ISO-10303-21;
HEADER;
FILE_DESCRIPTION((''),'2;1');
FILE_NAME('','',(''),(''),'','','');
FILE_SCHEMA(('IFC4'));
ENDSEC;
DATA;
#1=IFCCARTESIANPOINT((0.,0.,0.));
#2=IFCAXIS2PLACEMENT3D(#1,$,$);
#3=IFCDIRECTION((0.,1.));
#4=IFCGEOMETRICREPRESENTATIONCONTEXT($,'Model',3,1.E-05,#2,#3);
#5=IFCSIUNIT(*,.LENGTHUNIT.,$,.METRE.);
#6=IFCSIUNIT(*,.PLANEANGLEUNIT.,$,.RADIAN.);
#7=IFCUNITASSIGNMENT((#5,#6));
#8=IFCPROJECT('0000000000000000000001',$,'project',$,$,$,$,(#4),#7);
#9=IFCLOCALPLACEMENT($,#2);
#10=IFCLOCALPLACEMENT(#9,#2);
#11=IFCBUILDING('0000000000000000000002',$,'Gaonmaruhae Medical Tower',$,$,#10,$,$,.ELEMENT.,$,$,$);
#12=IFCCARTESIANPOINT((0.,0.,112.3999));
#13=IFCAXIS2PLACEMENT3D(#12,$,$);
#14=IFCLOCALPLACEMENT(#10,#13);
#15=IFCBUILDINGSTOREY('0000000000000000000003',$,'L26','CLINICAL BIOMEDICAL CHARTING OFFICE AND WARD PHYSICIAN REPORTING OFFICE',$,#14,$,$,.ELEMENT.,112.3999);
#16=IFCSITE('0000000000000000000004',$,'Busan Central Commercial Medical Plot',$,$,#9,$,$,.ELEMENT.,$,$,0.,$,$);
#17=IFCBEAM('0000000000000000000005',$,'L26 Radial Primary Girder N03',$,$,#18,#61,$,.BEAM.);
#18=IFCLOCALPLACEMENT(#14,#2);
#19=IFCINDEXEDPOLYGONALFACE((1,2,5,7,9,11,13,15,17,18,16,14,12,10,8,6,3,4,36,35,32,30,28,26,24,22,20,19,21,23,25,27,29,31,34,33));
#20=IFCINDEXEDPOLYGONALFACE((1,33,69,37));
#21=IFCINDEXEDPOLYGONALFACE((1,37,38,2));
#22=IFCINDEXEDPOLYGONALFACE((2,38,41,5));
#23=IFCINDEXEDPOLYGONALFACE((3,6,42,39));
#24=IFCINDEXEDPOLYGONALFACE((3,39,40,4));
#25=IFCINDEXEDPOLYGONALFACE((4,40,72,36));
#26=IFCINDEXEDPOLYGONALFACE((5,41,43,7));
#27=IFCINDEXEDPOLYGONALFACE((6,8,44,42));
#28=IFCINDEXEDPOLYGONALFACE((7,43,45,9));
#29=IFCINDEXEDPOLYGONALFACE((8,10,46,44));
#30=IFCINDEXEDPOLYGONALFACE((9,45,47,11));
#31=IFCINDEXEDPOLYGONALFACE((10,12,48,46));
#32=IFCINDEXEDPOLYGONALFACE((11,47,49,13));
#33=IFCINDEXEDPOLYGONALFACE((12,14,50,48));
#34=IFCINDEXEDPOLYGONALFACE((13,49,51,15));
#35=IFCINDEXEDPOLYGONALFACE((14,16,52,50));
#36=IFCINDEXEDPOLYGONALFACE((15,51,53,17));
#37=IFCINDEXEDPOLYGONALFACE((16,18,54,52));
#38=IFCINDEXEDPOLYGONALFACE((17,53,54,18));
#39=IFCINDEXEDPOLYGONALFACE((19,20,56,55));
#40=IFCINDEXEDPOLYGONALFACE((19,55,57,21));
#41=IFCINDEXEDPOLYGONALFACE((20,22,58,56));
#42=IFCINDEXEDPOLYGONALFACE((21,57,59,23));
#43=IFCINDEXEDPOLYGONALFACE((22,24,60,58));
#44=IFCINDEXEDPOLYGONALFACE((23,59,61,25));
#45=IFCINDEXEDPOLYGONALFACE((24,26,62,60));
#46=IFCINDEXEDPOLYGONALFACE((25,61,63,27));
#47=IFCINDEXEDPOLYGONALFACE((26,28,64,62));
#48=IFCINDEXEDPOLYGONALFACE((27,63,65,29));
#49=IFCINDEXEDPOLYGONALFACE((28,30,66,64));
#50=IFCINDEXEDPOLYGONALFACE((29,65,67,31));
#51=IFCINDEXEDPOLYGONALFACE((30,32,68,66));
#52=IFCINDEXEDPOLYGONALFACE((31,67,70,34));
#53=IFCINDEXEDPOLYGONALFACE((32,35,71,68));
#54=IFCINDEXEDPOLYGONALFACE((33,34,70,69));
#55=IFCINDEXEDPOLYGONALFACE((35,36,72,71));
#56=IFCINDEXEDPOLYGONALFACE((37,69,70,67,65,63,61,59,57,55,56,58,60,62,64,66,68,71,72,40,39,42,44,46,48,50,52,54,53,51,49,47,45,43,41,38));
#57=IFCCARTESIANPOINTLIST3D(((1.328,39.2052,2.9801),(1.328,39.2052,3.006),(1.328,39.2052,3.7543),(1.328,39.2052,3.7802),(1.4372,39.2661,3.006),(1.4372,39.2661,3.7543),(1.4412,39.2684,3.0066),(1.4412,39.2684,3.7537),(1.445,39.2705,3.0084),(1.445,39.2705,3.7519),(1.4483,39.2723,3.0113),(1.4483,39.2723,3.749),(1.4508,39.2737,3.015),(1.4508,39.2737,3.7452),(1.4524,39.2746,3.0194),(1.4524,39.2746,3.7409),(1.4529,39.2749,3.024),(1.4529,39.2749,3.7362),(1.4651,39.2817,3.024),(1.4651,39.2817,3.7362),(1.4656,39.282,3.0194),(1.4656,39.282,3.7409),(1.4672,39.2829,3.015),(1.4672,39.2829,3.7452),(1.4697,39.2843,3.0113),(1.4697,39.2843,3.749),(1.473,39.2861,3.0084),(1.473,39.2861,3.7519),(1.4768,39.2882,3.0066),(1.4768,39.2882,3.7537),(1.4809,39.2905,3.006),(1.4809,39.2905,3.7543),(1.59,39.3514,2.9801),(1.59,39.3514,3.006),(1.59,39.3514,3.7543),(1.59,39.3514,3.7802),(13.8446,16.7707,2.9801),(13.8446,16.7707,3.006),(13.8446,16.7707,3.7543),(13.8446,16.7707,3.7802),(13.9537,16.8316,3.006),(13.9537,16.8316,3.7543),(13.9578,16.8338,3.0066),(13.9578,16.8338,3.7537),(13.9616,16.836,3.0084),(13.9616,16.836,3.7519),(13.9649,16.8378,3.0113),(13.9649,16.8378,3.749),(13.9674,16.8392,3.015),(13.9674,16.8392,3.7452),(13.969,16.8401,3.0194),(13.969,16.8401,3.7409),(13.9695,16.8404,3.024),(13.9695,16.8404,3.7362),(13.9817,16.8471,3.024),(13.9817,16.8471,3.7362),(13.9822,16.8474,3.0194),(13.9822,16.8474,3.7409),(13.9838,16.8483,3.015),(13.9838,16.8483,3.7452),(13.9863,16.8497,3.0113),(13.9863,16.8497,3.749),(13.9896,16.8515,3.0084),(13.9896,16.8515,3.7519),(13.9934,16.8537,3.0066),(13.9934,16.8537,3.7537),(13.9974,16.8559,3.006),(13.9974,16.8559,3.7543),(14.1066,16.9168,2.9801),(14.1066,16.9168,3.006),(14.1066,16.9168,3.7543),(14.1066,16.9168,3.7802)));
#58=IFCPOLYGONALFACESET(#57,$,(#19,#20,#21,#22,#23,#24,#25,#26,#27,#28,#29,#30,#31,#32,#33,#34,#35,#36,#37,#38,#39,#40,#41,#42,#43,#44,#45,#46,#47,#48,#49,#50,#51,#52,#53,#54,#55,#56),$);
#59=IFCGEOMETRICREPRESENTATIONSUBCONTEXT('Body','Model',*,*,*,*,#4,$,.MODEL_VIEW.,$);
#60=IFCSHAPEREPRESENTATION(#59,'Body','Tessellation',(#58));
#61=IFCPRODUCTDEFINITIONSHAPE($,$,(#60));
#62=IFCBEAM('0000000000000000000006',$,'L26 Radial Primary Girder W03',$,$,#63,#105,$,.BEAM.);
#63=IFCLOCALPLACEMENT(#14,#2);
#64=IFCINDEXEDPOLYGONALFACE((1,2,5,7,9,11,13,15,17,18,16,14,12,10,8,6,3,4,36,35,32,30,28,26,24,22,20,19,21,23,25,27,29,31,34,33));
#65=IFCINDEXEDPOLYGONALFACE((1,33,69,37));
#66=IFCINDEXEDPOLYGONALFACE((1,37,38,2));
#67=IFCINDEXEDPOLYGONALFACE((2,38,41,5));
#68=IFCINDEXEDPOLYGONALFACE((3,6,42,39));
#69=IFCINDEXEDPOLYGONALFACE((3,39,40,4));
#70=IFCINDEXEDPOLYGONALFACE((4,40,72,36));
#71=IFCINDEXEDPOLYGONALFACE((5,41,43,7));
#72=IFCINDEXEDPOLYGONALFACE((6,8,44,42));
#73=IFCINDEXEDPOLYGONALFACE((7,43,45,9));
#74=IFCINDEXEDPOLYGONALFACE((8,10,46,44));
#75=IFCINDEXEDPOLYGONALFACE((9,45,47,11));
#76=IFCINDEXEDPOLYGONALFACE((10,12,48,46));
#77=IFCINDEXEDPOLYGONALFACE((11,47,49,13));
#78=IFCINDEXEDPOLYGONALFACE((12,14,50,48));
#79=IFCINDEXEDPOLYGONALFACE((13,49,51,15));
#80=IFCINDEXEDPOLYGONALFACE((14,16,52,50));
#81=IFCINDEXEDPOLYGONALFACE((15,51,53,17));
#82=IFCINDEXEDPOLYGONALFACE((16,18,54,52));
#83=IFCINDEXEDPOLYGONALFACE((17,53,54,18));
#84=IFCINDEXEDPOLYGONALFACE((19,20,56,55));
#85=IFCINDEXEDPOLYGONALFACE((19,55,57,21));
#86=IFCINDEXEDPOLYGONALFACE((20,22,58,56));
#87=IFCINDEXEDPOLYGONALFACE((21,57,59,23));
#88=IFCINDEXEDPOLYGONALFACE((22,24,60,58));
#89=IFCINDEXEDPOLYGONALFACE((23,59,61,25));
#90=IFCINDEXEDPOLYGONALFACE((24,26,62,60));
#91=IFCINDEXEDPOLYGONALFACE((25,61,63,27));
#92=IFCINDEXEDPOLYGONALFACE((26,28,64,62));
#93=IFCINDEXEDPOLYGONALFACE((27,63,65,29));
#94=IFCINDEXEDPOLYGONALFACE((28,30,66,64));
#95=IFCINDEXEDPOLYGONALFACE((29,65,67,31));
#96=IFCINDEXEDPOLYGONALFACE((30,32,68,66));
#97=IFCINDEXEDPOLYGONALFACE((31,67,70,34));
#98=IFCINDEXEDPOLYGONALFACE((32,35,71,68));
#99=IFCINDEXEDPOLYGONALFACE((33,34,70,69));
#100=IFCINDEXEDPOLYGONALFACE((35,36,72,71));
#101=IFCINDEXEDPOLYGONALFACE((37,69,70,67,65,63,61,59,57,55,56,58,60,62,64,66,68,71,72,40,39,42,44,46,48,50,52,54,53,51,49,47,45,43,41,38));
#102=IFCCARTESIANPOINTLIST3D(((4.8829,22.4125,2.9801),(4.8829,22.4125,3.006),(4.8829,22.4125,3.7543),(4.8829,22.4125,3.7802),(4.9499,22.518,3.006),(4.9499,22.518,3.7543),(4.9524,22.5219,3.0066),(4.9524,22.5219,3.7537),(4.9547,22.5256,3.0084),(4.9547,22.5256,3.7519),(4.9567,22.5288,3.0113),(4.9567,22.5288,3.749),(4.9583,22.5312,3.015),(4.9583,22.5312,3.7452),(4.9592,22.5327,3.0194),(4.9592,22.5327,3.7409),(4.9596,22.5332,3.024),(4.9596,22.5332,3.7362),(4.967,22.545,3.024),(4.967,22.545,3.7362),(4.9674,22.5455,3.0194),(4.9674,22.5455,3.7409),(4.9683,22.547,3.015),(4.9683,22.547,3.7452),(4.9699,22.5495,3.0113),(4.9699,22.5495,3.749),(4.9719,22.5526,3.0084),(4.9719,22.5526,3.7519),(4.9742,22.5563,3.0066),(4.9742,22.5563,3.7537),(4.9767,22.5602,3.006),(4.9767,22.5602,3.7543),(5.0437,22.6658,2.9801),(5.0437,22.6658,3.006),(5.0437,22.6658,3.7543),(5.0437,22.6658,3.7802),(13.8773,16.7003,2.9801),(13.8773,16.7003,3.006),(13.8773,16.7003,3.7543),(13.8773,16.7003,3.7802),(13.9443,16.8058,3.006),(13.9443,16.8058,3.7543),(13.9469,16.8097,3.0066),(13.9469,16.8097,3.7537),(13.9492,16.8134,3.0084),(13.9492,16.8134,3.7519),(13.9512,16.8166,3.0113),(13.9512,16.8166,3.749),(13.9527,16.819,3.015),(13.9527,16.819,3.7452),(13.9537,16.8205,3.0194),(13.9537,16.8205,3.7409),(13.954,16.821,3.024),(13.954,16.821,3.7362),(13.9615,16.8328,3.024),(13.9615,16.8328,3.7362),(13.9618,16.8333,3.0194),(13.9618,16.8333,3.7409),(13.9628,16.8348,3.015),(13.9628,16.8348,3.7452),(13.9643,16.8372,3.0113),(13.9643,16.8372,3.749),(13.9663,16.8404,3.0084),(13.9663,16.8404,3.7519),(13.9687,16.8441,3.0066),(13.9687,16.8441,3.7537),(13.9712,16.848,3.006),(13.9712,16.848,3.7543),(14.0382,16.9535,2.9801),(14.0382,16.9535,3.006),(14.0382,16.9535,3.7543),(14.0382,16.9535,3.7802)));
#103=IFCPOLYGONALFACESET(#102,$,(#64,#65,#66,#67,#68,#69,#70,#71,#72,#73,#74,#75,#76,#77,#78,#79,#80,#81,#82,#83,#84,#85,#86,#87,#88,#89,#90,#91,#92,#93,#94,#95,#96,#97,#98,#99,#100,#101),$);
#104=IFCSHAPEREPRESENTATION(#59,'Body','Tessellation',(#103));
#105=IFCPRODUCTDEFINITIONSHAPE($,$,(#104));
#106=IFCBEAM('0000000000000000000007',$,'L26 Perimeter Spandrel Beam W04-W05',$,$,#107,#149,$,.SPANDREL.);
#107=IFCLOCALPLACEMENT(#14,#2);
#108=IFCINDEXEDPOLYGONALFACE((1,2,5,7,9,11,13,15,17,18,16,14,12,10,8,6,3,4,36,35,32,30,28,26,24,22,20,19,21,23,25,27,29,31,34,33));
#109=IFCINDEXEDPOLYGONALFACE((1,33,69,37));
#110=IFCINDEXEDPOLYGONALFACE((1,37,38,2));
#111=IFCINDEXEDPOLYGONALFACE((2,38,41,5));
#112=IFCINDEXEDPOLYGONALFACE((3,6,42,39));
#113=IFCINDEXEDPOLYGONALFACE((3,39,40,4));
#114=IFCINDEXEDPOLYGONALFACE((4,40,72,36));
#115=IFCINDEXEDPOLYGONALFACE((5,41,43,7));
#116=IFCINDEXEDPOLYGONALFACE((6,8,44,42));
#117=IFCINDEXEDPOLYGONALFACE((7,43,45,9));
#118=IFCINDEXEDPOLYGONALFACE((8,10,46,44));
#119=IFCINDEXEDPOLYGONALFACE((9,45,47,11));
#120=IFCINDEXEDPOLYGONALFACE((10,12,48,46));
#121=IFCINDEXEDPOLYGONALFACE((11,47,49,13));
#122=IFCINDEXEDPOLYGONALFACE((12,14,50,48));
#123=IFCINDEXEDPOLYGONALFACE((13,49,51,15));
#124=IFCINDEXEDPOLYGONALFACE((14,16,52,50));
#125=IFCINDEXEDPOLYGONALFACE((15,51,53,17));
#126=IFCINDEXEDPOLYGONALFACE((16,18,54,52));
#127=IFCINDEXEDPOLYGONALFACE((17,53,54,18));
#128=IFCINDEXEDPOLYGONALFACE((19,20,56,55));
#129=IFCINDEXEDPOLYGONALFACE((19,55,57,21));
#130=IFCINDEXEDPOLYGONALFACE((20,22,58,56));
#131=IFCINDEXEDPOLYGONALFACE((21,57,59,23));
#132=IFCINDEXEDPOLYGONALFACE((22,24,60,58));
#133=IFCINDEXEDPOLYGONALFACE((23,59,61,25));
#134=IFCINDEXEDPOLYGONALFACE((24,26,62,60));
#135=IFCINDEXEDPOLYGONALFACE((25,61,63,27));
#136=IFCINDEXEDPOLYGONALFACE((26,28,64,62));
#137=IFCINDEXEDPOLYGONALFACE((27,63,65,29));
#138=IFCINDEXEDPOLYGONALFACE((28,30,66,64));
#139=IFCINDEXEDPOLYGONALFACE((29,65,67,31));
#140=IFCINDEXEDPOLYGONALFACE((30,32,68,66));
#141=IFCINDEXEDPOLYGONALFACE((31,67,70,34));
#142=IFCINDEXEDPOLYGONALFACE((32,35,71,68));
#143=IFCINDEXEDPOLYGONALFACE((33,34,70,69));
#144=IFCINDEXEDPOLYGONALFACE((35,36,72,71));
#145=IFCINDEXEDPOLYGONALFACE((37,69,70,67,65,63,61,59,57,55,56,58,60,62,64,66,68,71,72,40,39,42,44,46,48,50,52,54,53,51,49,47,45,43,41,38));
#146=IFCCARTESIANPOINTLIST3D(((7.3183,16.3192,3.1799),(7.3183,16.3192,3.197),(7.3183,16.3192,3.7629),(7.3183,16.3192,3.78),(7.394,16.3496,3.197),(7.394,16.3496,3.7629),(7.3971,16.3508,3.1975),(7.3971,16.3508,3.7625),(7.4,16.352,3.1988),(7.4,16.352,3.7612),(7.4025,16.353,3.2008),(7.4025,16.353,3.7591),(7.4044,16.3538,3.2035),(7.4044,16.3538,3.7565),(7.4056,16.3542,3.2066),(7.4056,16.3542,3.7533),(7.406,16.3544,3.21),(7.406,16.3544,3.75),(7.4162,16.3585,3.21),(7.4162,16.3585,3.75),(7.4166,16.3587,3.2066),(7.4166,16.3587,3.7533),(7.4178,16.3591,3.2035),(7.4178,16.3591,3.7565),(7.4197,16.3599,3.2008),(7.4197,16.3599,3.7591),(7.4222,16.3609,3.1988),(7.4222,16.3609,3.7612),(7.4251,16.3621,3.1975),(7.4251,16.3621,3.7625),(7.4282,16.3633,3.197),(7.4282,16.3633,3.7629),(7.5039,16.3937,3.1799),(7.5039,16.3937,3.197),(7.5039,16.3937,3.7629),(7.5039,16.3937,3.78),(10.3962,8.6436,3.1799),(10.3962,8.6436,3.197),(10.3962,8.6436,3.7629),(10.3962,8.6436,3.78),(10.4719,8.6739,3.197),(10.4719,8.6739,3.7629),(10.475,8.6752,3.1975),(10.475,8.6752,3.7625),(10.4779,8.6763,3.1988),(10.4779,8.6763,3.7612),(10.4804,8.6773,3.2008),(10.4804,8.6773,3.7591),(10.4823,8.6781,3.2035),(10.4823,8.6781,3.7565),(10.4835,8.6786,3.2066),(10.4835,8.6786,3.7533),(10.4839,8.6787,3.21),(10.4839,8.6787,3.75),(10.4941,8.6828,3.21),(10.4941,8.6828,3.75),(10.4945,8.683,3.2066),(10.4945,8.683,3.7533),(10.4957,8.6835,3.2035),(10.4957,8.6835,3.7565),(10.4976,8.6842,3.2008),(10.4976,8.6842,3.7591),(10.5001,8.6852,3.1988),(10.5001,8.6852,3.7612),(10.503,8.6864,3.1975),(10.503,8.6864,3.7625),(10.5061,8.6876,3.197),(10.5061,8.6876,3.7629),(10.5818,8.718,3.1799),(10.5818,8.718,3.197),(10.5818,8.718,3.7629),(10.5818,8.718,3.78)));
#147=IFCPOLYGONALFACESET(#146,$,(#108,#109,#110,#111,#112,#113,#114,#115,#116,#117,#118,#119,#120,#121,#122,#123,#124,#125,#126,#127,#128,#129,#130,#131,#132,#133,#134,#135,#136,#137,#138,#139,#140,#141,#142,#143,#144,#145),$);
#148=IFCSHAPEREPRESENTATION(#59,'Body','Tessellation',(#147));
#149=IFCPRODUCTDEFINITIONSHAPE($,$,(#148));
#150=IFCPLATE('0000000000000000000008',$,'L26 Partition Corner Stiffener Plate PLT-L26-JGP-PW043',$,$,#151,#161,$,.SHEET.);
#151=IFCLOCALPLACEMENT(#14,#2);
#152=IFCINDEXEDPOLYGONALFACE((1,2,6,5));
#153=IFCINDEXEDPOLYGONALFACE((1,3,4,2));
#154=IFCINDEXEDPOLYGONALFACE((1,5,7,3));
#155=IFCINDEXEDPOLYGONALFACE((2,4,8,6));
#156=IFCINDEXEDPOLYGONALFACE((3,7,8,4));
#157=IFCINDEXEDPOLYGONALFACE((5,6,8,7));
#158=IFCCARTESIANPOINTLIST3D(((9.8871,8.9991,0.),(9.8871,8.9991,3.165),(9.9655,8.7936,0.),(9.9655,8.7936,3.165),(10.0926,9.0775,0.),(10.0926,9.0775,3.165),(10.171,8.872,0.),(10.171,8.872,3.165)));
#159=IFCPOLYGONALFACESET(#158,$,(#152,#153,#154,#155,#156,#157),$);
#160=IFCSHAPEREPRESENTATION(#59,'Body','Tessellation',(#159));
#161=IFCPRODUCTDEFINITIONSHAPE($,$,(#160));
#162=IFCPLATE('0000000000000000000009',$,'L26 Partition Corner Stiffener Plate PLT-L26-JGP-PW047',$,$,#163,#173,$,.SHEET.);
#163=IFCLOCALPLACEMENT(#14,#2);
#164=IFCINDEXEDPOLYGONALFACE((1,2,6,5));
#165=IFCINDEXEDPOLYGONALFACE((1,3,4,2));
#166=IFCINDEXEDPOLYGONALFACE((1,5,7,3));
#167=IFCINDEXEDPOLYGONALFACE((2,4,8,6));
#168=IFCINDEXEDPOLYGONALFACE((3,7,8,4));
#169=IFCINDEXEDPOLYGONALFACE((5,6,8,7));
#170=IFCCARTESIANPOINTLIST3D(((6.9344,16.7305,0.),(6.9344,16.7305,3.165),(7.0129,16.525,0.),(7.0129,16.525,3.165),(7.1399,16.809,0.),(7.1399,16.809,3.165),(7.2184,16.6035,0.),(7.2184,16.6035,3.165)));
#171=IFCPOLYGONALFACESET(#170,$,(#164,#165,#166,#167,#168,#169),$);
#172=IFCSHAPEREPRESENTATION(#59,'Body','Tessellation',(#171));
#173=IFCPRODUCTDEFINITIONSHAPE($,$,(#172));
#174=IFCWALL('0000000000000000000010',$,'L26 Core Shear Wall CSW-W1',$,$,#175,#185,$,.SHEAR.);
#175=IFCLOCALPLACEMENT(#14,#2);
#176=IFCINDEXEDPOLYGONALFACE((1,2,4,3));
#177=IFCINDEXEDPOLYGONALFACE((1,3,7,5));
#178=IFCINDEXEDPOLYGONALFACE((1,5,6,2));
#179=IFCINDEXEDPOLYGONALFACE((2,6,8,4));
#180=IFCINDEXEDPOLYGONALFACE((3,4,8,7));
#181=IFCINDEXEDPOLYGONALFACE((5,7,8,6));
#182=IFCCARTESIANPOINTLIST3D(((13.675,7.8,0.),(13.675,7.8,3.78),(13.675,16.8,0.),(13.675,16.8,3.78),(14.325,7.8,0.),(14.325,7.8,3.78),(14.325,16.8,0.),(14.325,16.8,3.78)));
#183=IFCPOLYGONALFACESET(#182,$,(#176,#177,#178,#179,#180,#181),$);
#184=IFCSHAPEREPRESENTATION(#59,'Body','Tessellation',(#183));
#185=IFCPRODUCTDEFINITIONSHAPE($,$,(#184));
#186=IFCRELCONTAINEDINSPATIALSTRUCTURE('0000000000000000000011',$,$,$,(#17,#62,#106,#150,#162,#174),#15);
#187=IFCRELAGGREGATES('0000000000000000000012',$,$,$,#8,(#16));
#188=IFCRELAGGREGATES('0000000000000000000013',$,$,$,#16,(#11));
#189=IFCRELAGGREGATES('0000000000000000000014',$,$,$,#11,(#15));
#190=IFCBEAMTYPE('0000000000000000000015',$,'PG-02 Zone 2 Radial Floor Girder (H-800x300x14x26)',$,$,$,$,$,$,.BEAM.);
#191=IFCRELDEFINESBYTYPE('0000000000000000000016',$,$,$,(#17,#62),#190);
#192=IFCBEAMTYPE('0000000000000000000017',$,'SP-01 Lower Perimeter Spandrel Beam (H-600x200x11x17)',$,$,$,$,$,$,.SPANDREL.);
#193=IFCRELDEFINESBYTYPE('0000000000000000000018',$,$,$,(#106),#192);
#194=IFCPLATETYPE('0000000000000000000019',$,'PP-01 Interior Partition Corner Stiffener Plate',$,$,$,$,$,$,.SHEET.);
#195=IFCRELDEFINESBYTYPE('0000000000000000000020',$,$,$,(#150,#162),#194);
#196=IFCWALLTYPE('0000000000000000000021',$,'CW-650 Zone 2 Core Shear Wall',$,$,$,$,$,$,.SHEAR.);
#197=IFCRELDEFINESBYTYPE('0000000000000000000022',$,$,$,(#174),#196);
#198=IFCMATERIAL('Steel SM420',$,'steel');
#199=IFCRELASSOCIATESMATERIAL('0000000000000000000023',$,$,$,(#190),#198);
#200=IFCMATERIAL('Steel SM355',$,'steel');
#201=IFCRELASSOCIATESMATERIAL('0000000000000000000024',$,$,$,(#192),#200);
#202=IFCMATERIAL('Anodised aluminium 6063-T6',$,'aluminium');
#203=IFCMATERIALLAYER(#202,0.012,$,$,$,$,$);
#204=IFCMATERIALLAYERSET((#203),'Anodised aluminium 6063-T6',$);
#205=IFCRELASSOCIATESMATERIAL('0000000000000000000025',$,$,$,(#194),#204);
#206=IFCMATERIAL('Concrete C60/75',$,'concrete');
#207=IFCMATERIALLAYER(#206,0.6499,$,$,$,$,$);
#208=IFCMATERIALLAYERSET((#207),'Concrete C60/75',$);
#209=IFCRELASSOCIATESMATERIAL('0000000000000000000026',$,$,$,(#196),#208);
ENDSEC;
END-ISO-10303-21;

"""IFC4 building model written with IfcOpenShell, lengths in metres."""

from ifc_helpers import new_model, si_unit, direction, frame, frame_2d, origin, origin_2d, place, context, subcontext, project, spatial, rectangle, i_section, extrude, material, layer, layer_set, material_profile, profile_set, type_object, element, save


model = new_model("IFC4")

# Units and contexts
model_context = context("Model", 3, precision=1e-05, world=origin(), true_north=direction((0.0, 1.0)))
body_context = subcontext(model_context, "Body", "Model", "MODEL_VIEW")
ifc_project = project(units=[si_unit("LENGTHUNIT", "METRE"), si_unit("PLANEANGLEUNIT", "RADIAN")], contexts=[model_context])

# Site, building, storey
site_placement = place(None, origin())
site = spatial("IfcSite", under=ifc_project, at=site_placement, Name="Busan Central Commercial Medical Plot", CompositionType="ELEMENT", RefElevation=0.0)
building_placement = place(site_placement, origin())
building = spatial("IfcBuilding", under=site, at=building_placement, Name="Gaonmaruhae Medical Tower", CompositionType="ELEMENT")
storey_placement = place(building_placement, frame((0.0, 0.0, 112.3999)))
storey = spatial("IfcBuildingStorey", under=building, at=storey_placement, Name="L26", Description="CLINICAL BIOMEDICAL CHARTING OFFICE AND WARD PHYSICIAN REPORTING OFFICE", CompositionType="ELEMENT", Elevation=112.3999)

# Shared definitions
ifc_material_1 = material(Name="Concrete C60/75", Category="concrete")

# Beams
ifc_material_2 = material(Name="Steel SM420", Category="steel")
ifc_material_profile_1 = material_profile(ifc_material_2, i_section(OverallWidth=0.3, OverallDepth=0.8, WebThickness=0.0139, FlangeThickness=0.0259, FilletRadius=0.0181, at=origin_2d()), Name="H-800x300x14x26")
ifc_profile_set_1 = profile_set([ifc_material_profile_1], Name="Steel SM420")
beam_type_1 = type_object("IfcBeamType", Name="PG-02 Zone 2 Radial Floor Girder (H-800x300x14x26)", PredefinedType="BEAM", material=ifc_profile_set_1)
beam_1_placement = place(storey_placement, frame((13.9756, 16.8438, 3.3801), z_axis=(-0.487217, 0.873281, 0.0), x_axis=(-0.873281, -0.487217, 0.0)))
element("IfcBeam", 1, at=beam_1_placement, inside=storey, type_object=beam_type_1, Name="L26 Radial Primary Girder N03", PredefinedType="BEAM", context=body_context, shape_type="SweptSolid", body=[
    extrude(i_section(OverallWidth=0.3, OverallDepth=0.8, WebThickness=0.0139, FlangeThickness=0.0259, FilletRadius=0.0181, at=origin_2d()), origin(), (0.0, 0.0, 1.0), 25.6899),
])
beam_2_placement = place(storey_placement, frame((13.9578, 16.8269, 3.3801), z_axis=(-0.844152, 0.536104, 0.0), x_axis=(-0.536104, -0.844152, 0.0)))
element("IfcBeam", 2, at=beam_2_placement, inside=storey, type_object=beam_type_1, Name="L26 Radial Primary Girder W03", PredefinedType="BEAM", context=body_context, shape_type="SweptSolid", body=[
    extrude(i_section(OverallWidth=0.3, OverallDepth=0.8, WebThickness=0.0139, FlangeThickness=0.0259, FilletRadius=0.0181, at=origin_2d()), origin(), (0.0, 0.0, 1.0), 10.655),
])
ifc_material_3 = material(Name="Steel SM355", Category="steel")
ifc_material_profile_2 = material_profile(ifc_material_3, i_section(OverallWidth=0.2, OverallDepth=0.6001, WebThickness=0.011, FlangeThickness=0.0171, FilletRadius=0.0129, at=origin_2d()), Name="H-600x200x11x17")
ifc_profile_set_2 = profile_set([ifc_material_profile_2], Name="Steel SM355")
beam_type_2 = type_object("IfcBeamType", Name="SP-01 Lower Perimeter Spandrel Beam (H-600x200x11x17)", PredefinedType="SPANDREL", material=ifc_profile_set_2)
beam_3_placement = place(storey_placement, frame((7.4111, 16.3564, 3.48), z_axis=(0.372179, -0.928161, 0.0), x_axis=(0.928161, 0.372179, 0.0)))
element("IfcBeam", 3, at=beam_3_placement, inside=storey, type_object=beam_type_2, Name="L26 Perimeter Spandrel Beam W04-W05", PredefinedType="SPANDREL", context=body_context, shape_type="SweptSolid", body=[
    extrude(i_section(OverallWidth=0.2, OverallDepth=0.6001, WebThickness=0.011, FlangeThickness=0.0171, FilletRadius=0.0129, at=origin_2d()), origin(), (0.0, 0.0, 1.0), 8.2698),
])

# Plates
ifc_material_4 = material(Name="Anodised aluminium 6063-T6", Category="aluminium")
ifc_layer_1 = layer(ifc_material_4, 0.012)
ifc_layer_set_1 = layer_set([ifc_layer_1], Name="Anodised aluminium 6063-T6")
plate_type = type_object("IfcPlateType", Name="PP-01 Interior Partition Corner Stiffener Plate", PredefinedType="SHEET", material=ifc_layer_set_1)
for number, where, z_axis, x_axis, name in (
    (4, (10.0291, 8.9355, 0.0), (0.0, 0.0, 1.0), (-0.356444, 0.934317, 0.0), "L26 Partition Corner Stiffener Plate PLT-L26-JGP-PW043"),
    (5, (7.0764, 16.667, 0.0), (0.0, 0.0, 1.0), (-0.356999, 0.934105, 0.0), "L26 Partition Corner Stiffener Plate PLT-L26-JGP-PW047"),
):
    element("IfcPlate", number, at=place(storey_placement, frame(where, z_axis=z_axis, x_axis=x_axis)), inside=storey, type_object=plate_type, Name=name, PredefinedType="SHEET", context=body_context, shape_type="SweptSolid", body=[
        extrude(rectangle(XDim=0.22, YDim=0.22, at=origin_2d()), origin(), (0.0, 0.0, 1.0), 3.165),
    ])

# Wall
ifc_layer_2 = layer(ifc_material_1, 0.6499)
ifc_layer_set_2 = layer_set([ifc_layer_2], Name="Concrete C60/75")
wall_type_1 = type_object("IfcWallType", Name="CW-650 Zone 2 Core Shear Wall", PredefinedType="SHEAR", material=ifc_layer_set_2)
wall_1_placement = place(storey_placement, frame((14.0, 16.8, 0.0), z_axis=(0.0, 0.0, 1.0), x_axis=(0.0, -1.0, 0.0)))
element("IfcWall", 6, at=wall_1_placement, inside=storey, type_object=wall_type_1, Name="L26 Core Shear Wall CSW-W1", PredefinedType="SHEAR", context=body_context, shape_type="SweptSolid", body=[
    extrude(rectangle(XDim=9.0, YDim=0.6499, at=frame_2d((4.5, 0.0))), origin(), (0.0, 0.0, 1.0), 3.78),
])

save(model, "model.ifc")
